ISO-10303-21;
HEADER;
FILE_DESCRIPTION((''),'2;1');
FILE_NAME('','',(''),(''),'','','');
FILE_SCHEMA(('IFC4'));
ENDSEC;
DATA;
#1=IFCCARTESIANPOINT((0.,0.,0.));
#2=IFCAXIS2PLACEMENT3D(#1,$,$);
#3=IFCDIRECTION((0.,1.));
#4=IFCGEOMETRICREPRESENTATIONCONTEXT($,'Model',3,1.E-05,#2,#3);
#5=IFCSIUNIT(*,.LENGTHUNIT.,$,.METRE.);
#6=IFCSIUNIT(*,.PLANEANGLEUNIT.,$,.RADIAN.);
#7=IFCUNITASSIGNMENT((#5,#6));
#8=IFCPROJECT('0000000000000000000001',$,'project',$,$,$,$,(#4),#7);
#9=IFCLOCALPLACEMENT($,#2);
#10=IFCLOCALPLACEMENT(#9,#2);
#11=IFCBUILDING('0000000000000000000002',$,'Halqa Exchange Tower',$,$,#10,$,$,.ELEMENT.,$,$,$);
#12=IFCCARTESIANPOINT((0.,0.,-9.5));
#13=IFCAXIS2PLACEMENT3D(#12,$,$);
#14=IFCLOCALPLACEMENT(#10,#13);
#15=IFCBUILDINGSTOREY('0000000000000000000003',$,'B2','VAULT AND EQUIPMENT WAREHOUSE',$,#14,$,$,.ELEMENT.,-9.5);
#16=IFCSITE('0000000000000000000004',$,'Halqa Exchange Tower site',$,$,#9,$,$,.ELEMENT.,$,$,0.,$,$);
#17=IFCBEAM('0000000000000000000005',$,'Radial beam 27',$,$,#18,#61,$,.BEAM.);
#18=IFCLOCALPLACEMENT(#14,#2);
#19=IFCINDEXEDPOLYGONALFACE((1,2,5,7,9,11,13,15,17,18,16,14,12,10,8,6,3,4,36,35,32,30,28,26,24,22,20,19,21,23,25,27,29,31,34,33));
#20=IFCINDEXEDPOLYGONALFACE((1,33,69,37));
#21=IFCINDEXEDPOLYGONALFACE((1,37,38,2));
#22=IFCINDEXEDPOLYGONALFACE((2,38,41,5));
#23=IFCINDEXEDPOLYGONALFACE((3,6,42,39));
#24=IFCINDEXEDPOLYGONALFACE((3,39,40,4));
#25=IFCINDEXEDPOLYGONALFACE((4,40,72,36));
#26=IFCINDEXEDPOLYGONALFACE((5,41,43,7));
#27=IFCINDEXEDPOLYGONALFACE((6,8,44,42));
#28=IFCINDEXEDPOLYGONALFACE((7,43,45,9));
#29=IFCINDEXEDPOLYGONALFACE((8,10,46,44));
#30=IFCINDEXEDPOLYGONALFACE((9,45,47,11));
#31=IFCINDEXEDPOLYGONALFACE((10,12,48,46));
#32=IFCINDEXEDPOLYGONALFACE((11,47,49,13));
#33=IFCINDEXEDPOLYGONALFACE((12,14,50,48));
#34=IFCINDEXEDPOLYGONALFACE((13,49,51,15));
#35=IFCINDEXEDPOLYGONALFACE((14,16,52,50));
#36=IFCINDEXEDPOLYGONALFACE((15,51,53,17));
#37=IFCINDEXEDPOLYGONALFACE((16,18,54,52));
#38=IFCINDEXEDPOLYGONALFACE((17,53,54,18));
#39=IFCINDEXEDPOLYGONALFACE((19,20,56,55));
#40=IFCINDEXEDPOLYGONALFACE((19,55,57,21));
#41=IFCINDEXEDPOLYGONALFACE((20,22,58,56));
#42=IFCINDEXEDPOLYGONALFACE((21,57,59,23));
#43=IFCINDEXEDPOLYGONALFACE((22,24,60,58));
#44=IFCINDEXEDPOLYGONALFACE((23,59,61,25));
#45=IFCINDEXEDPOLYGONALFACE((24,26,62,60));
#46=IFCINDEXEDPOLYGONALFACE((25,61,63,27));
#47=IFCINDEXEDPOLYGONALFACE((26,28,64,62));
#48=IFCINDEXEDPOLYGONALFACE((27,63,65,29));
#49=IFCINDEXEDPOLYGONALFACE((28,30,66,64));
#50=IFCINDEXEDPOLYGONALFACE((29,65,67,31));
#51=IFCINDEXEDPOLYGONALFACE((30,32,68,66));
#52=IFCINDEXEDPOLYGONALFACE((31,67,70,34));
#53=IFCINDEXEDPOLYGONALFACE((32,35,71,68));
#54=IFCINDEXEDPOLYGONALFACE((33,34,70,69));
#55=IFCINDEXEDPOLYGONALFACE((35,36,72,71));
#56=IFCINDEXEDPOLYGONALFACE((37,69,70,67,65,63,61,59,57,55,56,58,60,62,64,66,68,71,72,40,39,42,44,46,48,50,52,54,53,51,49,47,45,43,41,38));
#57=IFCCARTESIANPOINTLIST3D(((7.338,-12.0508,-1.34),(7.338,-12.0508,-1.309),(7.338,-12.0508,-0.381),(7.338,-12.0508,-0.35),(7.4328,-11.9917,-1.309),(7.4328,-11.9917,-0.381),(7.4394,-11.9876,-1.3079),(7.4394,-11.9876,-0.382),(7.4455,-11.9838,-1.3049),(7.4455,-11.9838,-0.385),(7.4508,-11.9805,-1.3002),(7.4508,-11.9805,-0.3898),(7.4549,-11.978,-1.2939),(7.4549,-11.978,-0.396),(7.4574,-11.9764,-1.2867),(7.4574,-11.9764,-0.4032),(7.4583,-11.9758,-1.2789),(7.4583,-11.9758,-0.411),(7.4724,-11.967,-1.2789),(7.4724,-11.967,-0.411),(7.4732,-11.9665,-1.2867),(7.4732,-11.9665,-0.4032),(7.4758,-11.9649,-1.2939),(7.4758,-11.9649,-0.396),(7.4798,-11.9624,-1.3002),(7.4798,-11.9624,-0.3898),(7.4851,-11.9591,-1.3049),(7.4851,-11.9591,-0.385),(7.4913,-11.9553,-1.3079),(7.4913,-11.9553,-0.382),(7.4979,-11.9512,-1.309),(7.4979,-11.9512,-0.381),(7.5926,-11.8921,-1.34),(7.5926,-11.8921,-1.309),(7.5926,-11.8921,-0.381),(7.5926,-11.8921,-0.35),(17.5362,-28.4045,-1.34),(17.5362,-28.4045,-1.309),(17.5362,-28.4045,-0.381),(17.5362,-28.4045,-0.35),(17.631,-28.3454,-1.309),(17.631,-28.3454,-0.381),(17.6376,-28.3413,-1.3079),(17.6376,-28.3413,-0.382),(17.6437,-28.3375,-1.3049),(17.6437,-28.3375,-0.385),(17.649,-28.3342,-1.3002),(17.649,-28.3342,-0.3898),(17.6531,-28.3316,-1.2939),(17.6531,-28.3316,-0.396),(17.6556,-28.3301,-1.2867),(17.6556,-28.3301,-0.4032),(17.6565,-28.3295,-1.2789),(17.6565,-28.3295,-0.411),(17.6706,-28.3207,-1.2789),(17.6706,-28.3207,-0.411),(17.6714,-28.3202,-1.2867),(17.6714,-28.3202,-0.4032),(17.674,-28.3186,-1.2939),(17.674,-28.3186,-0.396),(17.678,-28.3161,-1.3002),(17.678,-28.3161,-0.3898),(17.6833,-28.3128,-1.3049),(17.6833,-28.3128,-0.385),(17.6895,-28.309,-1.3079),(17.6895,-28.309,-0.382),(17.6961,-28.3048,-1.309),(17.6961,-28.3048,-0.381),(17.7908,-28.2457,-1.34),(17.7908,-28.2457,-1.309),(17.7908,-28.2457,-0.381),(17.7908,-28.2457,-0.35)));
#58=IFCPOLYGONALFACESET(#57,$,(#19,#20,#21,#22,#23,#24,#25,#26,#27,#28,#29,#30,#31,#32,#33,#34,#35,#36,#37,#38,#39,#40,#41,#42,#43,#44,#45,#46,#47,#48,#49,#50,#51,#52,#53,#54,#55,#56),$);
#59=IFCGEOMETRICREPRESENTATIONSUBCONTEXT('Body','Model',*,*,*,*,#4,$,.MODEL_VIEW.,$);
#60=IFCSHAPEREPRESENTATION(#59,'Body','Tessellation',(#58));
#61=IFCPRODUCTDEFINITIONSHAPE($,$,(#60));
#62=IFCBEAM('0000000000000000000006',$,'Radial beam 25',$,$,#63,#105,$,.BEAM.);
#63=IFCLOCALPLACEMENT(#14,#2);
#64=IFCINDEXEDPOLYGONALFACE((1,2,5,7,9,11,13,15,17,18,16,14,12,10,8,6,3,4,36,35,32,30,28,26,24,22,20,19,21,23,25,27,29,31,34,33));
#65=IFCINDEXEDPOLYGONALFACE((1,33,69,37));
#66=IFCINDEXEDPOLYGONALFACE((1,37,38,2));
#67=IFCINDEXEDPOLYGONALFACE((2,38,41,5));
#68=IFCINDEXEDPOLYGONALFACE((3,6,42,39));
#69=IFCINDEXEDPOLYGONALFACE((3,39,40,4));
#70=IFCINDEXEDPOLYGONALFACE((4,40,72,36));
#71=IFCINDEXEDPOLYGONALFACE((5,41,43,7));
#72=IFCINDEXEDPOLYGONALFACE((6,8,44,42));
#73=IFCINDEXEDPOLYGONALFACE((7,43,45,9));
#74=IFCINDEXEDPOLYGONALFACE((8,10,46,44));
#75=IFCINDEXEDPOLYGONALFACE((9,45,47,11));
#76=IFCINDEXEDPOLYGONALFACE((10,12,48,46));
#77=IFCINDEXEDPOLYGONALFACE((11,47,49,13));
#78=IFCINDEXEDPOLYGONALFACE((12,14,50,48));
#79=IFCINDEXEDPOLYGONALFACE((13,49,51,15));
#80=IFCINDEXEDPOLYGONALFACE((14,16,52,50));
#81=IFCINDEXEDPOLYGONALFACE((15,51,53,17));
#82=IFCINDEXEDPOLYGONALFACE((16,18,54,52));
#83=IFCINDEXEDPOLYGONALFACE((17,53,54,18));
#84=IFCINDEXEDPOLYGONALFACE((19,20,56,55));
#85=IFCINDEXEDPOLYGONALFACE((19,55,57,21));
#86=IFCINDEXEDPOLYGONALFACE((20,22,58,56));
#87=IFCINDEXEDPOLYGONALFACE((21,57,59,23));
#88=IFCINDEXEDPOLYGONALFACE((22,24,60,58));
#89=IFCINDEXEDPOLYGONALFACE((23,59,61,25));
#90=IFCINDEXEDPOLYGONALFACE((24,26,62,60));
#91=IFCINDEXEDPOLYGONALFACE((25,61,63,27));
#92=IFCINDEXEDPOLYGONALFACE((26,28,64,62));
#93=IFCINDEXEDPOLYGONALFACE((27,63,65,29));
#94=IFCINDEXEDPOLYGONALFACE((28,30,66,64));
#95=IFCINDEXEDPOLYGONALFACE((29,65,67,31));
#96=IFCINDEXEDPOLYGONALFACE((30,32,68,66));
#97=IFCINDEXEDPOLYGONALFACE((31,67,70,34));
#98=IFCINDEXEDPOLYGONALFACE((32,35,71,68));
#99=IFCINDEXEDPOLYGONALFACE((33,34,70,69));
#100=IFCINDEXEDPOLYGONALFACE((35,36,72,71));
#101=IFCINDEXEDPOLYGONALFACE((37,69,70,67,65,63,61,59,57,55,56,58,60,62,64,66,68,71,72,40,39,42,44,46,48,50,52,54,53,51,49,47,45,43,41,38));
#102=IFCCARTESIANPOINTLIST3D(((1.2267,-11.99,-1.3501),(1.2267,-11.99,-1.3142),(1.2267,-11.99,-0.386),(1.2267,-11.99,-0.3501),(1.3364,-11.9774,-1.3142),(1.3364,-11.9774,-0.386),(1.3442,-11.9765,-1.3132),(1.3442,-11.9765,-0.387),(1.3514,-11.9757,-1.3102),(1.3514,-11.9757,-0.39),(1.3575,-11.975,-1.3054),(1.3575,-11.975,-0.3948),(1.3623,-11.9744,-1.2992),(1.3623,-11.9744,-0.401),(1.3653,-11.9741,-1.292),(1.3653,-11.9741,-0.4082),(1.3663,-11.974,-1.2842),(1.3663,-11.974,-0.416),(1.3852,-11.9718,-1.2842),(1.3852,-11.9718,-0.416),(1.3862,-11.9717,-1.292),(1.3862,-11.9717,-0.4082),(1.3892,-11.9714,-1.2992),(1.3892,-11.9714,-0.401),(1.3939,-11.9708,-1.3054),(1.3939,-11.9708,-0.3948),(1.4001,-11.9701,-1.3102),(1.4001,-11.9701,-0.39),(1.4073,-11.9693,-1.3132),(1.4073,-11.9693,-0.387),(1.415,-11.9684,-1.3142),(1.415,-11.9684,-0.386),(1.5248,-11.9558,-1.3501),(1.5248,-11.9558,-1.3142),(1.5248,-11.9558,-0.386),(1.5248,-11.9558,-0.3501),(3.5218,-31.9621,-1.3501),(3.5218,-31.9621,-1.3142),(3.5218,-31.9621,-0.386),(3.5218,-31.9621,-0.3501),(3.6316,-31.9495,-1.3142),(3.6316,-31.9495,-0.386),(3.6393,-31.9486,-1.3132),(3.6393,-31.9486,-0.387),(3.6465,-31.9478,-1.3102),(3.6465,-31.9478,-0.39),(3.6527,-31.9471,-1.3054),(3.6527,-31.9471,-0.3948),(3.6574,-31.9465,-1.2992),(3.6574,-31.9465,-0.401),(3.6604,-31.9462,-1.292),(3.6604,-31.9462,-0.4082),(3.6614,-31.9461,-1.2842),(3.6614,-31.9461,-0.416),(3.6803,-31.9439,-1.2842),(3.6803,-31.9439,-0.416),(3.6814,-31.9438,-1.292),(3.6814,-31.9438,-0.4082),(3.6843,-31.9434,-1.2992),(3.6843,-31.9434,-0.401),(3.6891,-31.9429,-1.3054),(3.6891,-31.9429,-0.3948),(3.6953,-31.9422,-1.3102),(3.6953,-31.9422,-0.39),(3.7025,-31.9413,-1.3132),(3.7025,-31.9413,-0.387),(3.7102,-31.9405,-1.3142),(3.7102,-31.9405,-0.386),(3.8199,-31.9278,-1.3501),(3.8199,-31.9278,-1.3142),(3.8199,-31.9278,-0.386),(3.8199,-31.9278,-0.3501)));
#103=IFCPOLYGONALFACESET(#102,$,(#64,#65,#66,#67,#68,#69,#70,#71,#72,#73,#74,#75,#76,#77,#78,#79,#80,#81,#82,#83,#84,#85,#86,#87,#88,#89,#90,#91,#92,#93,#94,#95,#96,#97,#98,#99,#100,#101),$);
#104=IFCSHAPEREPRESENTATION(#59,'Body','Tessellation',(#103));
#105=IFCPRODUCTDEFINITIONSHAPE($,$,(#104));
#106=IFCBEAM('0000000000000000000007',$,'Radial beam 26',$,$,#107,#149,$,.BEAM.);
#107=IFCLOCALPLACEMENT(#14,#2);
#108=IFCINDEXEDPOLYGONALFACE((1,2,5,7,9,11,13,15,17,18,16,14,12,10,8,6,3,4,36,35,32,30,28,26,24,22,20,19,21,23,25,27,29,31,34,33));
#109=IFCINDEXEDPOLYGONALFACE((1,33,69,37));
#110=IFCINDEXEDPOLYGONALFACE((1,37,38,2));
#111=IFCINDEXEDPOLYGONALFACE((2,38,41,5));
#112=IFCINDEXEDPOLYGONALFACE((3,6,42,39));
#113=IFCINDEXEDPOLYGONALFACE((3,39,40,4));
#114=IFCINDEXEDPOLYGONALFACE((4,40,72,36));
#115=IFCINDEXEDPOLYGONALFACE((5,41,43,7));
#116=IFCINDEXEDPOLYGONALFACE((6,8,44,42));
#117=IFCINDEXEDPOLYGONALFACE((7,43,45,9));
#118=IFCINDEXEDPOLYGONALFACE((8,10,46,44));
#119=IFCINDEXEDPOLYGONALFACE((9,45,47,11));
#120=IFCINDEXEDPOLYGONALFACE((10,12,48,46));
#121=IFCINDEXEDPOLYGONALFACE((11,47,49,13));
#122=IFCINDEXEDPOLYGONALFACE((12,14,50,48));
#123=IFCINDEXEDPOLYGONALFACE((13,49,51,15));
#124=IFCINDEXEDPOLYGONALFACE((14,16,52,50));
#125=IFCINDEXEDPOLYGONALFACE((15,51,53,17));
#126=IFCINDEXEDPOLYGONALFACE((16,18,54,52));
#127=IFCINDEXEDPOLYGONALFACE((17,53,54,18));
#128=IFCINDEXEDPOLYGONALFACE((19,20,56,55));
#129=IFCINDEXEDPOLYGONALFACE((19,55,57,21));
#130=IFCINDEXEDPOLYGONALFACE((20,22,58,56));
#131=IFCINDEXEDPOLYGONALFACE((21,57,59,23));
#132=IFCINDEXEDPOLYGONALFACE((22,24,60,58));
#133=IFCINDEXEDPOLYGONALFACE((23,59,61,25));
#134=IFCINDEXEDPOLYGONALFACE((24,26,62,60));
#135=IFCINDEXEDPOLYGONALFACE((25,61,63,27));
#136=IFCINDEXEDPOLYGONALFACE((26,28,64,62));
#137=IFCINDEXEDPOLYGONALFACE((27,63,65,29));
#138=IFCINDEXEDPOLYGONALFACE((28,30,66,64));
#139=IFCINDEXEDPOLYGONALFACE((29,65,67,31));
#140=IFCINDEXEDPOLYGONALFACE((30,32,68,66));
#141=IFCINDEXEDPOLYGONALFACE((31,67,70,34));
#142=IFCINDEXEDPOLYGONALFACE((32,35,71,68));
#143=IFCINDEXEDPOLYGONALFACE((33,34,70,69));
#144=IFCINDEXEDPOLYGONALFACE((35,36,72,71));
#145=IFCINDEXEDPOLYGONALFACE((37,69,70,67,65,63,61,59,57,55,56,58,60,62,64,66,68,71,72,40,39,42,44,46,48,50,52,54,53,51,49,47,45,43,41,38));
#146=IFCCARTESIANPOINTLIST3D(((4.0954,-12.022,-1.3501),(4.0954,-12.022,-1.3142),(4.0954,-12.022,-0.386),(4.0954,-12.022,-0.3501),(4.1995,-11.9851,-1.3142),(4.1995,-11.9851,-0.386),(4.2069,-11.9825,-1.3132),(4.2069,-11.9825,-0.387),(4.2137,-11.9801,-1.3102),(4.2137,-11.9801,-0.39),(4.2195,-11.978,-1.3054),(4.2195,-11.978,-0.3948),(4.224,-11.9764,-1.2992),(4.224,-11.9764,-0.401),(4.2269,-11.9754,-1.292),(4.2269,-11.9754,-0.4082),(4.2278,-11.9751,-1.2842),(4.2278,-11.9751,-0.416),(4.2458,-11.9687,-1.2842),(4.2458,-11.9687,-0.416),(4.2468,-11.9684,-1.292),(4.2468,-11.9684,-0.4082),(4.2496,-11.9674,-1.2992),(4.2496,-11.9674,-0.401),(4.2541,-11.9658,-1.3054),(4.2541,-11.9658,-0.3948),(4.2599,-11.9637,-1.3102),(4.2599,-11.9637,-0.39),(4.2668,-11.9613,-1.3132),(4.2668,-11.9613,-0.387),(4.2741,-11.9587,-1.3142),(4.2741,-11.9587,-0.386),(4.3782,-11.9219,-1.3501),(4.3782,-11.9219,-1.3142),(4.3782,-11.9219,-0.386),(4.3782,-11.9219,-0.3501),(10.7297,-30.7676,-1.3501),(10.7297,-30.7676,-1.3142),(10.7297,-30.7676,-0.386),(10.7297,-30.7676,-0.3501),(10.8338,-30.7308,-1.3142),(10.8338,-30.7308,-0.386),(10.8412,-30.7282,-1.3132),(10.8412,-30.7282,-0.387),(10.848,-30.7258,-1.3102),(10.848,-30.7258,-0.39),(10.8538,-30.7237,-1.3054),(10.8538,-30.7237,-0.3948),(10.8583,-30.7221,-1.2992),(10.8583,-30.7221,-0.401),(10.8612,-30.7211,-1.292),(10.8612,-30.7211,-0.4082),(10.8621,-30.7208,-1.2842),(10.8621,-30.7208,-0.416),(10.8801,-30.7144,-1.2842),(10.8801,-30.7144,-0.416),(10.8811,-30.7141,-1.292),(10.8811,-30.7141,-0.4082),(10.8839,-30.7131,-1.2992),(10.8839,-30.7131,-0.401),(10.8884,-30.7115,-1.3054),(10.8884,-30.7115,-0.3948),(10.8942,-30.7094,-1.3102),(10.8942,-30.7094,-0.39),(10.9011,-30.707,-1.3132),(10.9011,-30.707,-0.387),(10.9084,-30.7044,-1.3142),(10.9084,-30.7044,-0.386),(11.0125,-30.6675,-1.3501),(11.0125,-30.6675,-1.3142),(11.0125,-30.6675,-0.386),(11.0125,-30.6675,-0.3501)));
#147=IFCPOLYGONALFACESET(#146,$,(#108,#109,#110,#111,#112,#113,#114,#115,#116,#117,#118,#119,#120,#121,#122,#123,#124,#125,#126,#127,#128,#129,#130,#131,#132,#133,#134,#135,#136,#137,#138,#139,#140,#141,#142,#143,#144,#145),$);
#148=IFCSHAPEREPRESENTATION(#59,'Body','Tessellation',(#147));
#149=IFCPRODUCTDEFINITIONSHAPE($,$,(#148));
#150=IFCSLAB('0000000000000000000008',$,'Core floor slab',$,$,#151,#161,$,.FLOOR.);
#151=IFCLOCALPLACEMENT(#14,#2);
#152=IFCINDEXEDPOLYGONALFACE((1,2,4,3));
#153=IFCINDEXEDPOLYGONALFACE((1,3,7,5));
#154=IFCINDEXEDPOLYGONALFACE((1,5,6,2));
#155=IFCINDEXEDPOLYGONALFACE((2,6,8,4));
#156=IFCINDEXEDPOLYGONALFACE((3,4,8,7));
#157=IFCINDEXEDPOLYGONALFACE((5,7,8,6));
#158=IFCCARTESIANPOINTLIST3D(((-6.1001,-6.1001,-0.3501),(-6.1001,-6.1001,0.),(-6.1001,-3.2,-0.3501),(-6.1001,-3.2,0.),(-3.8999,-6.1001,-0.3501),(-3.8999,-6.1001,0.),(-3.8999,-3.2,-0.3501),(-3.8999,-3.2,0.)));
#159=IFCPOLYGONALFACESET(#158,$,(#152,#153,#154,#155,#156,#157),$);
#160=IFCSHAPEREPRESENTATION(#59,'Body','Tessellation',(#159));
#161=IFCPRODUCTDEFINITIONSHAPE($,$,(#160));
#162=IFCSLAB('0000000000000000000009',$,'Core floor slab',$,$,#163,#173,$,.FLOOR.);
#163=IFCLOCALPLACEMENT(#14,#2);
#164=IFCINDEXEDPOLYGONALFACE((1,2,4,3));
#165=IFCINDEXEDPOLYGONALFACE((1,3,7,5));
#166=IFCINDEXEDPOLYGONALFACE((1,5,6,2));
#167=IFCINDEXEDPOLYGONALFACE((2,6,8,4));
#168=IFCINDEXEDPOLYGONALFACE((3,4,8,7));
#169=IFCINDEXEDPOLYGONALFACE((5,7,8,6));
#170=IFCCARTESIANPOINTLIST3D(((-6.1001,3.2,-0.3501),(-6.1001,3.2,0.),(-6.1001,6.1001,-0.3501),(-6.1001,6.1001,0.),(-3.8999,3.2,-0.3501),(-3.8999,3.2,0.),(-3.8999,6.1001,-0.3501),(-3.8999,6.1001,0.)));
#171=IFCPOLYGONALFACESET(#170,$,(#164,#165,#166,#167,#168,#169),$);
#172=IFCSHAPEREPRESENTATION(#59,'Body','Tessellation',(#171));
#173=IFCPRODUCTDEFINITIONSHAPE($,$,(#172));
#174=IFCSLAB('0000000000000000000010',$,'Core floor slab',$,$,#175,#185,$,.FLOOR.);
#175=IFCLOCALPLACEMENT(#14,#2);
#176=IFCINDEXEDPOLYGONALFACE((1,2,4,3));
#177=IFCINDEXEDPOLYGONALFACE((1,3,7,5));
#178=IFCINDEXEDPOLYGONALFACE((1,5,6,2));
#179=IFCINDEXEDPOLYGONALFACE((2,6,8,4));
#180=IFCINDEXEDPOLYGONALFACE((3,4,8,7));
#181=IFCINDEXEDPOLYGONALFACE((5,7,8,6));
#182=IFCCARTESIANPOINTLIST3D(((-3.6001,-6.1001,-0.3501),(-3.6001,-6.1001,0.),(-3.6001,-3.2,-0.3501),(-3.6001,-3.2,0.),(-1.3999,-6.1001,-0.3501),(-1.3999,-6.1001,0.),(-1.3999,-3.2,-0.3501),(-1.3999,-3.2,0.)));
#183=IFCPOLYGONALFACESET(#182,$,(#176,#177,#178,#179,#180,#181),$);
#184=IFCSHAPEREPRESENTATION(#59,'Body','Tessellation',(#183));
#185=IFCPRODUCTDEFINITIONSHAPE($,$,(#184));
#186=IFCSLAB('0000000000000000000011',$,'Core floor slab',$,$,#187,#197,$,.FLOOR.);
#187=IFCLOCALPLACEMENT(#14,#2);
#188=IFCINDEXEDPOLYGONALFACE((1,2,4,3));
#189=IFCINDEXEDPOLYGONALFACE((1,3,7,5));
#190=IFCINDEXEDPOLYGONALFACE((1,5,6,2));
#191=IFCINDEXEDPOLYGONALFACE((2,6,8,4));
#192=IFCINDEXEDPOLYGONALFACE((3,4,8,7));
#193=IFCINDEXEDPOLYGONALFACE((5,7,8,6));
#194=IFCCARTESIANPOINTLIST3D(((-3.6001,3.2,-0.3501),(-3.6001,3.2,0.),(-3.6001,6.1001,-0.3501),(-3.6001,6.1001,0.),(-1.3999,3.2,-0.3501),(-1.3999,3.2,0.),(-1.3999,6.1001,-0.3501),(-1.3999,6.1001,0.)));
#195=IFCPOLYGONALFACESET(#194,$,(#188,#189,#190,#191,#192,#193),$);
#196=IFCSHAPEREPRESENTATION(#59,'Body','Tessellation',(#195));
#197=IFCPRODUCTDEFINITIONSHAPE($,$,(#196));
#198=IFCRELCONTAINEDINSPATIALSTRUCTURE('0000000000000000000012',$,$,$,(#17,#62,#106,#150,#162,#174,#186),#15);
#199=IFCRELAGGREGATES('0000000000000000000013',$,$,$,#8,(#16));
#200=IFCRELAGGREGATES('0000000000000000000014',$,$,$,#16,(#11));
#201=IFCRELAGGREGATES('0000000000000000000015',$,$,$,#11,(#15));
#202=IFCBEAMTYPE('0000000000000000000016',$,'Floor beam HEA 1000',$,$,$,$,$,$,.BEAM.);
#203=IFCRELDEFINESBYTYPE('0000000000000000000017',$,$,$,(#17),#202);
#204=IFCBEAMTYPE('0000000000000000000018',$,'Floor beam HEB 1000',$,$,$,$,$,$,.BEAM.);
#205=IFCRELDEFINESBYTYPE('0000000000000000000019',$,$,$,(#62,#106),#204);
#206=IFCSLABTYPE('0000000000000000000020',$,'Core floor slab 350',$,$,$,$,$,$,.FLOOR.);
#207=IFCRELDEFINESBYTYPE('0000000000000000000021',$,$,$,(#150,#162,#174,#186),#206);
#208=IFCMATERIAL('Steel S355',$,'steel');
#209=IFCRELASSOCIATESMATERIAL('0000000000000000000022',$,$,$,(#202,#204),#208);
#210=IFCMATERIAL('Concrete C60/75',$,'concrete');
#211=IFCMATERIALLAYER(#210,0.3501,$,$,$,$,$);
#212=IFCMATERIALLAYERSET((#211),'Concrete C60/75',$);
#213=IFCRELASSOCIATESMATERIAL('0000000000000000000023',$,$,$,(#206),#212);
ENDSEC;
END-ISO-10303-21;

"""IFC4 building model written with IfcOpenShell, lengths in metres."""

from ifc_helpers import new_model, si_unit, direction, frame, origin, origin_2d, place, context, subcontext, project, spatial, polyline, i_section, outline, extrude, material, layer, layer_set, material_profile, profile_set, type_object, element, save


model = new_model("IFC4")

# Units and contexts
model_context = context("Model", 3, precision=1e-05, world=origin(), true_north=direction((0.0, 1.0)))
body_context = subcontext(model_context, "Body", "Model", "MODEL_VIEW")
ifc_project = project(units=[si_unit("LENGTHUNIT", "METRE"), si_unit("PLANEANGLEUNIT", "RADIAN")], contexts=[model_context])

# Site, building, storey
site_placement = place(None, origin())
site = spatial("IfcSite", under=ifc_project, at=site_placement, Name="Halqa Exchange Tower site", CompositionType="ELEMENT", RefElevation=0.0)
building_placement = place(site_placement, origin())
building = spatial("IfcBuilding", under=site, at=building_placement, Name="Halqa Exchange Tower", CompositionType="ELEMENT")
storey_placement = place(building_placement, frame((0.0, 0.0, -9.5)))
storey = spatial("IfcBuildingStorey", under=building, at=storey_placement, Name="B2", Description="VAULT AND EQUIPMENT WAREHOUSE", CompositionType="ELEMENT", Elevation=-9.5)

# Beams
ifc_material_1 = material(Name="Steel S355", Category="steel")
ifc_material_profile_1 = material_profile(ifc_material_1, i_section(OverallWidth=0.3, OverallDepth=0.99, WebThickness=0.0166, FlangeThickness=0.031, FilletRadius=0.03, at=origin_2d()), Name="HEA 1000")
ifc_profile_set_1 = profile_set([ifc_material_profile_1], Name="Steel S355")
beam_type_1 = type_object("IfcBeamType", Name="Floor beam HEA 1000", PredefinedType="BEAM", material=ifc_profile_set_1)
beam_1_placement = place(storey_placement, frame((7.4653, -11.9714, -0.845), z_axis=(0.529146, -0.848531, 0.0), x_axis=(0.848531, 0.529146, 0.0)))
element("IfcBeam", 1, at=beam_1_placement, inside=storey, type_object=beam_type_1, Name="Radial beam 27", PredefinedType="BEAM", context=body_context, shape_type="SweptSolid", body=[
    extrude(i_section(OverallWidth=0.3, OverallDepth=0.99, WebThickness=0.0166, FlangeThickness=0.031, FilletRadius=0.03, at=origin_2d()), origin(), (0.0, 0.0, 1.0), 19.2729),
])
ifc_material_profile_2 = material_profile(ifc_material_1, i_section(OverallWidth=0.3, OverallDepth=1.0, WebThickness=0.019, FlangeThickness=0.0359, FilletRadius=0.03, at=origin_2d()), Name="HEB 1000")
ifc_profile_set_2 = profile_set([ifc_material_profile_2], Name="Steel S355")
beam_type_2 = type_object("IfcBeamType", Name="Floor beam HEB 1000", PredefinedType="BEAM", material=ifc_profile_set_2)
beam_2_placement = place(storey_placement, frame((1.3757, -11.9729, -0.8501), z_axis=(0.114167, -0.993462, 0.0), x_axis=(0.993462, 0.114167, 0.0)))
element("IfcBeam", 2, at=beam_2_placement, inside=storey, type_object=beam_type_2, Name="Radial beam 25", PredefinedType="BEAM", context=body_context, shape_type="SweptSolid", body=[
    extrude(i_section(OverallWidth=0.3, OverallDepth=1.0, WebThickness=0.019, FlangeThickness=0.0359, FilletRadius=0.03, at=origin_2d()), origin(), (0.0, 0.0, 1.0), 20.1035),
])
beam_3_placement = place(storey_placement, frame((4.2368, -11.9719, -0.8501), z_axis=(0.333633, -0.942703, 0.0), x_axis=(0.942703, 0.333633, 0.0)))
element("IfcBeam", 3, at=beam_3_placement, inside=storey, type_object=beam_type_2, Name="Radial beam 26", PredefinedType="BEAM", context=body_context, shape_type="SweptSolid", body=[
    extrude(i_section(OverallWidth=0.3, OverallDepth=1.0, WebThickness=0.019, FlangeThickness=0.0359, FilletRadius=0.03, at=origin_2d()), origin(), (0.0, 0.0, 1.0), 19.885),
])

# Slabs
ifc_material_2 = material(Name="Concrete C60/75", Category="concrete")
ifc_layer_1 = layer(ifc_material_2, 0.3501)
ifc_layer_set_1 = layer_set([ifc_layer_1], Name="Concrete C60/75")
slab_type = type_object("IfcSlabType", Name="Core floor slab 350", PredefinedType="FLOOR", material=ifc_layer_set_1)
slab_1_placement = place(storey_placement, frame((0.0, 0.0, -0.3501)))
element("IfcSlab", 4, at=slab_1_placement, inside=storey, type_object=slab_type, Name="Core floor slab", PredefinedType="FLOOR", context=body_context, shape_type="SweptSolid", body=[
    extrude(outline(polyline([(-3.8999, -6.1001), (-6.1001, -6.1001), (-6.1001, -3.2), (-3.8999, -3.2), (-3.8999, -6.1001)])), origin(), (0.0, 0.0, 1.0), 0.3501),
])
slab_2_placement = place(storey_placement, frame((0.0, 0.0, -0.3501)))
element("IfcSlab", 5, at=slab_2_placement, inside=storey, type_object=slab_type, Name="Core floor slab", PredefinedType="FLOOR", context=body_context, shape_type="SweptSolid", body=[
    extrude(outline(polyline([(-3.8999, 3.2), (-6.1001, 3.2), (-6.1001, 6.1001), (-3.8999, 6.1001), (-3.8999, 3.2)])), origin(), (0.0, 0.0, 1.0), 0.3501),
])
slab_3_placement = place(storey_placement, frame((0.0, 0.0, -0.3501)))
element("IfcSlab", 6, at=slab_3_placement, inside=storey, type_object=slab_type, Name="Core floor slab", PredefinedType="FLOOR", context=body_context, shape_type="SweptSolid", body=[
    extrude(outline(polyline([(-1.3999, -6.1001), (-3.6001, -6.1001), (-3.6001, -3.2), (-1.3999, -3.2), (-1.3999, -6.1001)])), origin(), (0.0, 0.0, 1.0), 0.3501),
])
slab_4_placement = place(storey_placement, frame((0.0, 0.0, -0.3501)))
element("IfcSlab", 7, at=slab_4_placement, inside=storey, type_object=slab_type, Name="Core floor slab", PredefinedType="FLOOR", context=body_context, shape_type="SweptSolid", body=[
    extrude(outline(polyline([(-1.3999, 6.1001), (-1.3999, 3.2), (-3.6001, 3.2), (-3.6001, 6.1001), (-1.3999, 6.1001)])), origin(), (0.0, 0.0, 1.0), 0.3501),
])

save(model, "model.ifc")
